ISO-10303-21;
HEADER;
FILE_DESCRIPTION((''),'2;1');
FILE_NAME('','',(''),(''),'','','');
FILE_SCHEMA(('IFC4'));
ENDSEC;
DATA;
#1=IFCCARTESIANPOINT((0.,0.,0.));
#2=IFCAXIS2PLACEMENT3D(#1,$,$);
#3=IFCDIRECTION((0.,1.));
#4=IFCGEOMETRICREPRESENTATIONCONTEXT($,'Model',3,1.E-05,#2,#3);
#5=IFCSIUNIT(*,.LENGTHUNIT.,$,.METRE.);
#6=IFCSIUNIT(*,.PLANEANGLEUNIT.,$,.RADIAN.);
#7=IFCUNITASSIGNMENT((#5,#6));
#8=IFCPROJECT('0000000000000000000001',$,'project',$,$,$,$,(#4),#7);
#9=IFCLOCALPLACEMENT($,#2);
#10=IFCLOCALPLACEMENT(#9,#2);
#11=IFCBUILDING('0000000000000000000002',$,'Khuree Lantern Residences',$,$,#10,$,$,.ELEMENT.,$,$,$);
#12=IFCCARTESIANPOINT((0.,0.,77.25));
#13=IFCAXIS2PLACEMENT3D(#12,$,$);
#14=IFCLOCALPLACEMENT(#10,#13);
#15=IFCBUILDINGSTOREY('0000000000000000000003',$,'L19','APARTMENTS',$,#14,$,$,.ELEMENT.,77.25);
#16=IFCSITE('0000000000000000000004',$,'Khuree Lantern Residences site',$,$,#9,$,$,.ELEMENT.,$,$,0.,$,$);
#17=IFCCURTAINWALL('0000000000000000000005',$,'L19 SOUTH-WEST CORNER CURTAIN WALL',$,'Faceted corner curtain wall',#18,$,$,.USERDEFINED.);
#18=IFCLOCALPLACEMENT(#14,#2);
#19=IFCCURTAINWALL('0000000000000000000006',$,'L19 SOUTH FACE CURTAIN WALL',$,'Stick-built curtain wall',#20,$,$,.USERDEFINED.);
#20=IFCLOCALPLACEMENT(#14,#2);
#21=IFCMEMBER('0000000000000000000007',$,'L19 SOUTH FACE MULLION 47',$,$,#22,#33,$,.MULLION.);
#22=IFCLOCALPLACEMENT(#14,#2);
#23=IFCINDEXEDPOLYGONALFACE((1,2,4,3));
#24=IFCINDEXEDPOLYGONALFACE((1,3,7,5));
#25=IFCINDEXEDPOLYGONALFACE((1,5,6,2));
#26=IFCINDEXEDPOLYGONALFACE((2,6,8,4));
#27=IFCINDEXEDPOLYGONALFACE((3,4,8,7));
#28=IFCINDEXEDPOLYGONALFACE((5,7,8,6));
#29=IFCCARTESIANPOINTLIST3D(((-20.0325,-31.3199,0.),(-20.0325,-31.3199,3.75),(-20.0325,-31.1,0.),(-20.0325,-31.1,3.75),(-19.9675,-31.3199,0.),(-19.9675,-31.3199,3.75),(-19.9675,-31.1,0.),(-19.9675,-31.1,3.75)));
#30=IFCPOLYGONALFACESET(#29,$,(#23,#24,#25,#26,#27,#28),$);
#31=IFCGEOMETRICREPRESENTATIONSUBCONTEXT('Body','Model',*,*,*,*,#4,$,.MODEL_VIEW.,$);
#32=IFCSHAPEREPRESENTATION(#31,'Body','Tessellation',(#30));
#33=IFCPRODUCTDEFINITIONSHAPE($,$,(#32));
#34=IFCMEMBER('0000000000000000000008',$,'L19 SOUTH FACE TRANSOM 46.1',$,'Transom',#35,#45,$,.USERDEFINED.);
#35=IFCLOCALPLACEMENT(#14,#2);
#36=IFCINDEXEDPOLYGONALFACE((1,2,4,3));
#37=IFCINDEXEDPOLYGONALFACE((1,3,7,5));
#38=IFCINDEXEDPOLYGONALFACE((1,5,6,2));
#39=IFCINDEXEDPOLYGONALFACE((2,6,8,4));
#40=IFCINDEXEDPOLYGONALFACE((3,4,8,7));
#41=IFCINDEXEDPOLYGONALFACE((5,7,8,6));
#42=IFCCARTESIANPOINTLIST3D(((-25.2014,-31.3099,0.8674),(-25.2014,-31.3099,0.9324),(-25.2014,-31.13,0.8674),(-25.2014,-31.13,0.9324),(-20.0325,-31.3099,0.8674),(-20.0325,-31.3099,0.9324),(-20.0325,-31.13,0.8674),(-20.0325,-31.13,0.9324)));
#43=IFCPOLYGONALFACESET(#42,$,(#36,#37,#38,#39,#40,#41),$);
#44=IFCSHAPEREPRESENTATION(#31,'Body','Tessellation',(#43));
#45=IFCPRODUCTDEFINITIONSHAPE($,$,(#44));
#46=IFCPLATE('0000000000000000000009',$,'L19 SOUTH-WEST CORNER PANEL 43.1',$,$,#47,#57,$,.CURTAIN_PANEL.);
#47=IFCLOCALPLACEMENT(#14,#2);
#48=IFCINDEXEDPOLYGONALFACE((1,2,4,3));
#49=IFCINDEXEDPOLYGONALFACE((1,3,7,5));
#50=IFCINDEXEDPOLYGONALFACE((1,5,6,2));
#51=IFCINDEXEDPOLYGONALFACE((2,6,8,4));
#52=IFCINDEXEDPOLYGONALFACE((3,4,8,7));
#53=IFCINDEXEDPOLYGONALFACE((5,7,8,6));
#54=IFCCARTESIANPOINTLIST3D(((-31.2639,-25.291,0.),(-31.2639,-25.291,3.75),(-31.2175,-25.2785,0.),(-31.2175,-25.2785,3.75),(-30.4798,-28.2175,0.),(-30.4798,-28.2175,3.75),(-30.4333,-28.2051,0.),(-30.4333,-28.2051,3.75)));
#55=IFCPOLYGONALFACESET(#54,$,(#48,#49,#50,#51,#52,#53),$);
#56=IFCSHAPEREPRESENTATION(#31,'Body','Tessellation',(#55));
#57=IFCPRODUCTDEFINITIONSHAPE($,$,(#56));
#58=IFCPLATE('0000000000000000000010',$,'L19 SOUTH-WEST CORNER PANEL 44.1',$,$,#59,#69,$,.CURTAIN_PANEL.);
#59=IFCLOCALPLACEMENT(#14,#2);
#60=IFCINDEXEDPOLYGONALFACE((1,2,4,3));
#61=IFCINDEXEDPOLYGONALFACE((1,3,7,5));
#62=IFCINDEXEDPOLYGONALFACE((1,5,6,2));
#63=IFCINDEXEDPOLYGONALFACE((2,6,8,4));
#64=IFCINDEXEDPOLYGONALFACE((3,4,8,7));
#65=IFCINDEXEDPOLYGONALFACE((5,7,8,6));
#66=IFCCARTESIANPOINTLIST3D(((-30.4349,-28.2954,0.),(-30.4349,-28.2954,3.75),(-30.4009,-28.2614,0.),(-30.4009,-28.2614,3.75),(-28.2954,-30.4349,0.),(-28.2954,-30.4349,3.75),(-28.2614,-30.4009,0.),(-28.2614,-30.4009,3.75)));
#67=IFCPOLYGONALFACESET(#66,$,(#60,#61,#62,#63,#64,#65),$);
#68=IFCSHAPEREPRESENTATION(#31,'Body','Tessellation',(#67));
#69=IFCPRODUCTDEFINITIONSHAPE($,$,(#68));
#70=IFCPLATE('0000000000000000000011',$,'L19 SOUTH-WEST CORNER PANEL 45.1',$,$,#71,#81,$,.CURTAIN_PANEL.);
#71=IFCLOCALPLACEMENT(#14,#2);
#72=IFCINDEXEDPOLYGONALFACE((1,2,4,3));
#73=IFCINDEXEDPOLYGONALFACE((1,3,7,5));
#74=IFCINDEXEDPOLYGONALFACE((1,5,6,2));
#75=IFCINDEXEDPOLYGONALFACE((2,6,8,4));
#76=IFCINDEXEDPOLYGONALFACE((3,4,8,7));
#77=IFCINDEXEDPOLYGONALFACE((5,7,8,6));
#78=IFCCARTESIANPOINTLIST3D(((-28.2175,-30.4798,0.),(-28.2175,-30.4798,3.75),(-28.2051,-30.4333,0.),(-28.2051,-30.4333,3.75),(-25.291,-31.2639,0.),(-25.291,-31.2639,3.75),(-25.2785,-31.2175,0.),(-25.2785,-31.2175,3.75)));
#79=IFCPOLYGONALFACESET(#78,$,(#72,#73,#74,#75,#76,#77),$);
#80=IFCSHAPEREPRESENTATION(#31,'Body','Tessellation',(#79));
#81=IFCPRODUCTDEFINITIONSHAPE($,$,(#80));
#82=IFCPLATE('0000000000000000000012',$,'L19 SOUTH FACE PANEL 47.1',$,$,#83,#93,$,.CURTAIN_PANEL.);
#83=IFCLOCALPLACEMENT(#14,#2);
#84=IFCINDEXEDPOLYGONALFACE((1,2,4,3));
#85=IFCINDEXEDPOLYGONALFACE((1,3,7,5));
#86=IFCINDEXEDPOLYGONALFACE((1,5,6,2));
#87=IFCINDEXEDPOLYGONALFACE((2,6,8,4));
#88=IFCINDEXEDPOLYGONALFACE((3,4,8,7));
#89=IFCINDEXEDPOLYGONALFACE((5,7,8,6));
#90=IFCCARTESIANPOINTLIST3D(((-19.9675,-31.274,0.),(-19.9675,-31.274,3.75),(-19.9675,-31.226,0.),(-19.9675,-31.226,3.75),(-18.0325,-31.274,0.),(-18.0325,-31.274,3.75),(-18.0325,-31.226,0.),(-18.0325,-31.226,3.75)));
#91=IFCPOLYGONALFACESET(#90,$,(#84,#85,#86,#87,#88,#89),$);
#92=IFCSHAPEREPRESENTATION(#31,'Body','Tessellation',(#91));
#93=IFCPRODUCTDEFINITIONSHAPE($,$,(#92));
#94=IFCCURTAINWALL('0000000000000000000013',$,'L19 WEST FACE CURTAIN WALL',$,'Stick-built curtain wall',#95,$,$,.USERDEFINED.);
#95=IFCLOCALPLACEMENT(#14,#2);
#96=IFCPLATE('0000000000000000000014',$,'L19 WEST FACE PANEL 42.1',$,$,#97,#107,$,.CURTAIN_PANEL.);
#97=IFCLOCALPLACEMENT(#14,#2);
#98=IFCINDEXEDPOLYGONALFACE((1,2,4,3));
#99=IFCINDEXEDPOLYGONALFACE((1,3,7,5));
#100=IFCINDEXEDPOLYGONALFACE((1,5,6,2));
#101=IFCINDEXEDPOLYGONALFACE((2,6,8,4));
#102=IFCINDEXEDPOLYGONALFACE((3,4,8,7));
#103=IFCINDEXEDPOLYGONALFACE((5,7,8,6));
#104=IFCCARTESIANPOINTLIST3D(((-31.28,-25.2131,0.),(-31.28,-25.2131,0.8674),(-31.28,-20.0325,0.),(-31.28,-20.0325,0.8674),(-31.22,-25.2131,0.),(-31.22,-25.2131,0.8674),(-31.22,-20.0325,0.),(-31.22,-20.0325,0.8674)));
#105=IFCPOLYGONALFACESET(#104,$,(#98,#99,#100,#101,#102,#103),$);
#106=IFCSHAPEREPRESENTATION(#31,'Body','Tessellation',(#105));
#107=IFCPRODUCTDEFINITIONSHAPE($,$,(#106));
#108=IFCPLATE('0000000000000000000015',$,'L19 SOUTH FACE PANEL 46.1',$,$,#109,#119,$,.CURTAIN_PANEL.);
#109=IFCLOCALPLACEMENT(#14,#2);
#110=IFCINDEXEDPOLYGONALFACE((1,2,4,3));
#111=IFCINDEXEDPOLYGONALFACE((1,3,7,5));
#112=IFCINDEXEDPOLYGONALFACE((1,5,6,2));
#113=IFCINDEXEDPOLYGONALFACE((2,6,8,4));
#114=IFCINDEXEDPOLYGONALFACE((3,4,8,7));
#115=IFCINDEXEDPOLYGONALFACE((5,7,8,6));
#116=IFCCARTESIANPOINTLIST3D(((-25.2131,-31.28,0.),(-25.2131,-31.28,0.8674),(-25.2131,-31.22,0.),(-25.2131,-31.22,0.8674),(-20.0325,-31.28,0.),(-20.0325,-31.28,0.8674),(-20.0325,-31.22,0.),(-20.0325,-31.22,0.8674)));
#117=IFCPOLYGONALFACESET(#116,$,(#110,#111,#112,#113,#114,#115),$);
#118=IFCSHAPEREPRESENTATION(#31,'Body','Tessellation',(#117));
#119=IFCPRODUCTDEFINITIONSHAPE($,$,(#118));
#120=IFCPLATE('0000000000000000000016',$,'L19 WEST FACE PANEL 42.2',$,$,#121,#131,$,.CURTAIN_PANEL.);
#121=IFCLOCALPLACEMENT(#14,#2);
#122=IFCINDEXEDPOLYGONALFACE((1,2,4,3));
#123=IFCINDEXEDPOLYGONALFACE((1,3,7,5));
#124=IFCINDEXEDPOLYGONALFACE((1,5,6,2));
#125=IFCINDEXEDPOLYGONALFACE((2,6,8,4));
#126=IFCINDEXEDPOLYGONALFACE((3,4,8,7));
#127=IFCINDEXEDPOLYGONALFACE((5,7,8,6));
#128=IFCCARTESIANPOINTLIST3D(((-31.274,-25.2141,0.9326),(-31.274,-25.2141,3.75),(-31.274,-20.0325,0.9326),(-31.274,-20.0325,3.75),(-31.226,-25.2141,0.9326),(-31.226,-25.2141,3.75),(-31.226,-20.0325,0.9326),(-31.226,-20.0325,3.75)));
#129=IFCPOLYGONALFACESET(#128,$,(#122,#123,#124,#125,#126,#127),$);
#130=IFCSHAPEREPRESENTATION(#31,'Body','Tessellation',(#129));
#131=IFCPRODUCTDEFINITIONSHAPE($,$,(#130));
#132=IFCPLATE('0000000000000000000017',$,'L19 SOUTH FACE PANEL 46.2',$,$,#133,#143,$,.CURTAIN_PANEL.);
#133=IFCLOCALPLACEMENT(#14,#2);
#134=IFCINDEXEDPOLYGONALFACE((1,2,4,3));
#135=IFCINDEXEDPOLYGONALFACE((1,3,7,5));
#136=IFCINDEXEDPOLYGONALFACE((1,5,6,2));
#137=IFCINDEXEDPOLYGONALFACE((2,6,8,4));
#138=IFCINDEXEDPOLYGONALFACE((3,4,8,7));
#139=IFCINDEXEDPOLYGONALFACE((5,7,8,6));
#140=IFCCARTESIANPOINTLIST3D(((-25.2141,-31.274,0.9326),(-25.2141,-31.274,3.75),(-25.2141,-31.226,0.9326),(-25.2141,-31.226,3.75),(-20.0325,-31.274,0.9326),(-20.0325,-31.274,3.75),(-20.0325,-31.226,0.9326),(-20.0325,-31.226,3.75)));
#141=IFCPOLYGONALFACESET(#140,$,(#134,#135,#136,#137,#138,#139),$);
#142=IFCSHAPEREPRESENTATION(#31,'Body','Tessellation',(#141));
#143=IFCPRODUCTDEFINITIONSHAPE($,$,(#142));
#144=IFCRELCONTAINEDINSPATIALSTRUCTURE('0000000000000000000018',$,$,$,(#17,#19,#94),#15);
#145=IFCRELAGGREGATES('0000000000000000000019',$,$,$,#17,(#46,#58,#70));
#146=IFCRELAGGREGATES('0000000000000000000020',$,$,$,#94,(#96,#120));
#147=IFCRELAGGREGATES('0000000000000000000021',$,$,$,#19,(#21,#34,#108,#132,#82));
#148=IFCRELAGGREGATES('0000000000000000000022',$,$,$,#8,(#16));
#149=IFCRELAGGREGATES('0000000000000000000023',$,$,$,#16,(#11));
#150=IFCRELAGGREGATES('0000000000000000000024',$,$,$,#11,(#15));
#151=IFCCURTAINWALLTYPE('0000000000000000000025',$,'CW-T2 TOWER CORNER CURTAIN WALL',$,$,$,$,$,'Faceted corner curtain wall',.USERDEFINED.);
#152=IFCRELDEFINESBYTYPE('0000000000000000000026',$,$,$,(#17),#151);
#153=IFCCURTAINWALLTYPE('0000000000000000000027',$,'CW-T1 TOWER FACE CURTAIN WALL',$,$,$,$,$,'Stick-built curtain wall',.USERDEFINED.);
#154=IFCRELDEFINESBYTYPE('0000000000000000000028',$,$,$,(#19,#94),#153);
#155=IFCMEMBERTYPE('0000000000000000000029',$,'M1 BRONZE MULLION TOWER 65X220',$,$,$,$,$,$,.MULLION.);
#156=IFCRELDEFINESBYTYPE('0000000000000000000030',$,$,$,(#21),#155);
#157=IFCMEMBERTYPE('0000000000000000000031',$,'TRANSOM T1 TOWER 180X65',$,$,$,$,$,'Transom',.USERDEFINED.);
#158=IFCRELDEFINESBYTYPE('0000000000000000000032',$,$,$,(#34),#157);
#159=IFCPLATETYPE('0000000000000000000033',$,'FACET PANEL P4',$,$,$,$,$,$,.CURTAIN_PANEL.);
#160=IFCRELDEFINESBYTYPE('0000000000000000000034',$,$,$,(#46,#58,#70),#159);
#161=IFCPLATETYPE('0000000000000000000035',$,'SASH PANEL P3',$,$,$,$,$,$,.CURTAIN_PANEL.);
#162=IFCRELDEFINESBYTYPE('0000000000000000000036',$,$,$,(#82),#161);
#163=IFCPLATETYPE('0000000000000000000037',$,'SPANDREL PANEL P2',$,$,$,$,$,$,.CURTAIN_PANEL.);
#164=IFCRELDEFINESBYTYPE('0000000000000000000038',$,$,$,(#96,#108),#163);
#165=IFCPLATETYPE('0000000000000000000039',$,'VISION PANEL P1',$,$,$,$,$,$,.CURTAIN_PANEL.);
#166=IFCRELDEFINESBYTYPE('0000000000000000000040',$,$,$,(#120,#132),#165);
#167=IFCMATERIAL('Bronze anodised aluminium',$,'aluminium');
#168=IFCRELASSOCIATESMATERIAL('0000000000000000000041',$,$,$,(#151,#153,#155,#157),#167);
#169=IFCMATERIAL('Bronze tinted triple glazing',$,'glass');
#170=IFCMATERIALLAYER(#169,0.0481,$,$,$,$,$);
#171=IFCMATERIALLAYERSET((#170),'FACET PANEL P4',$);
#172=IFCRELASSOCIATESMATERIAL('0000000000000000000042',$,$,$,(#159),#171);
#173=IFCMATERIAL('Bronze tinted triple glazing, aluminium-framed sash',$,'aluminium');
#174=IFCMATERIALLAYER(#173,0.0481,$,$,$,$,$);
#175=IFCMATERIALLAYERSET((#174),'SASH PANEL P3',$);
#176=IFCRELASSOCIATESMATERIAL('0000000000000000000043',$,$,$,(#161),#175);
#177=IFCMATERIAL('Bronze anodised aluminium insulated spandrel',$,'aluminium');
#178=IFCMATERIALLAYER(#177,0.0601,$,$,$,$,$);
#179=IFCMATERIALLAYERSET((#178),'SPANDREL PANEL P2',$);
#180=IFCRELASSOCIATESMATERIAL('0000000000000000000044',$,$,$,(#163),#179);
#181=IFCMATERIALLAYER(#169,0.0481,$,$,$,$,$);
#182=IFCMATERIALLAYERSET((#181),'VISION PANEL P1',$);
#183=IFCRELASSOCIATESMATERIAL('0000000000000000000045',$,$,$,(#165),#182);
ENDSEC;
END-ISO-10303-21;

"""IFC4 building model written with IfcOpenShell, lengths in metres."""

from ifc_helpers import new_model, si_unit, direction, frame, origin, origin_2d, place, context, subcontext, project, spatial, rectangle, extrude, material, layer, layer_set, material_profile, profile_set, type_object, element, aggregate, save


model = new_model("IFC4")

# Units and contexts
model_context = context("Model", 3, precision=1e-05, world=origin(), true_north=direction((0.0, 1.0)))
body_context = subcontext(model_context, "Body", "Model", "MODEL_VIEW")
ifc_project = project(units=[si_unit("LENGTHUNIT", "METRE"), si_unit("PLANEANGLEUNIT", "RADIAN")], contexts=[model_context])

# Site, building, storey
site_placement = place(None, origin())
site = spatial("IfcSite", under=ifc_project, at=site_placement, Name="Khuree Lantern Residences site", CompositionType="ELEMENT", RefElevation=0.0)
building_placement = place(site_placement, origin())
building = spatial("IfcBuilding", under=site, at=building_placement, Name="Khuree Lantern Residences", CompositionType="ELEMENT")
storey_placement = place(building_placement, frame((0.0, 0.0, 77.25)))
storey = spatial("IfcBuildingStorey", under=building, at=storey_placement, Name="L19", Description="APARTMENTS", CompositionType="ELEMENT", Elevation=77.25)

# Curtain walls
ifc_material_1 = material(Name="Bronze anodised aluminium", Category="aluminium")
curtain_wall_type_1 = type_object("IfcCurtainWallType", Name="CW-T2 TOWER CORNER CURTAIN WALL", ElementType="Faceted corner curtain wall", PredefinedType="USERDEFINED", material=ifc_material_1)
curtain_wall_1_placement = place(storey_placement, origin())
curtain_wall_1 = element("IfcCurtainWall", 1, at=curtain_wall_1_placement, inside=storey, type_object=curtain_wall_type_1, Name="L19 SOUTH-WEST CORNER CURTAIN WALL", ObjectType="Faceted corner curtain wall", PredefinedType="USERDEFINED")
curtain_wall_type_2 = type_object("IfcCurtainWallType", Name="CW-T1 TOWER FACE CURTAIN WALL", ElementType="Stick-built curtain wall", PredefinedType="USERDEFINED", material=ifc_material_1)
curtain_wall_2_placement = place(storey_placement, origin())
curtain_wall_2 = element("IfcCurtainWall", 2, at=curtain_wall_2_placement, inside=storey, type_object=curtain_wall_type_2, Name="L19 SOUTH FACE CURTAIN WALL", ObjectType="Stick-built curtain wall", PredefinedType="USERDEFINED")

# Members
ifc_material_profile_1 = material_profile(ifc_material_1, rectangle(XDim=0.0649, YDim=0.22, at=origin_2d()), Name="M1 65X220")
ifc_profile_set_1 = profile_set([ifc_material_profile_1], Name="Bronze anodised aluminium")
member_type_1 = type_object("IfcMemberType", Name="M1 BRONZE MULLION TOWER 65X220", PredefinedType="MULLION", material=ifc_profile_set_1)
member_1_placement = place(storey_placement, frame((-20.0, -31.21, 0.0), z_axis=(0.0, 0.0, 1.0), x_axis=(1.0, 0.0, 0.0)))
member_1 = element("IfcMember", 3, at=member_1_placement, type_object=member_type_1, Name="L19 SOUTH FACE MULLION 47", PredefinedType="MULLION", context=body_context, shape_type="SweptSolid", body=[
    extrude(rectangle(XDim=0.0649, YDim=0.22, at=origin_2d()), origin(), (0.0, 0.0, 1.0), 3.75),
])
ifc_material_profile_2 = material_profile(ifc_material_1, rectangle(XDim=0.1799, YDim=0.0649, at=origin_2d()), Name="T1 180X65")
ifc_profile_set_2 = profile_set([ifc_material_profile_2], Name="Bronze anodised aluminium")
member_type_2 = type_object("IfcMemberType", Name="TRANSOM T1 TOWER 180X65", ElementType="Transom", PredefinedType="USERDEFINED", material=ifc_profile_set_2)
member_2_placement = place(storey_placement, frame((-25.2014, -31.22, 0.8999), z_axis=(1.0, 0.0, 0.0), x_axis=(0.0, 1.0, 0.0)))
member_2 = element("IfcMember", 4, at=member_2_placement, type_object=member_type_2, Name="L19 SOUTH FACE TRANSOM 46.1", ObjectType="Transom", PredefinedType="USERDEFINED", context=body_context, shape_type="SweptSolid", body=[
    extrude(rectangle(XDim=0.1799, YDim=0.0649, at=origin_2d()), origin(), (0.0, 0.0, 1.0), 5.1689),
])

# Plates
ifc_material_2 = material(Name="Bronze tinted triple glazing", Category="glass")
ifc_layer_1 = layer(ifc_material_2, 0.0481)
ifc_layer_set_1 = layer_set([ifc_layer_1], Name="FACET PANEL P4")
plate_type_1 = type_object("IfcPlateType", Name="FACET PANEL P4", PredefinedType="CURTAIN_PANEL", material=ifc_layer_set_1)
plate_1_placement = place(storey_placement, frame((-30.8486, -26.748, 0.0), z_axis=(0.0, 0.0, 1.0), x_axis=(0.258819, -0.965926, 0.0)))
plate_1 = element("IfcPlate", 5, at=plate_1_placement, type_object=plate_type_1, Name="L19 SOUTH-WEST CORNER PANEL 43.1", PredefinedType="CURTAIN_PANEL", context=body_context, shape_type="SweptSolid", body=[
    extrude(rectangle(XDim=3.0298, YDim=0.0481, at=origin_2d()), origin(), (0.0, 0.0, 1.0), 3.75),
])
plate_2_placement = place(storey_placement, frame((-29.3481, -29.3481, 0.0), z_axis=(0.0, 0.0, 1.0), x_axis=(0.707107, -0.707107, 0.0)))
plate_2 = element("IfcPlate", 6, at=plate_2_placement, type_object=plate_type_1, Name="L19 SOUTH-WEST CORNER PANEL 44.1", PredefinedType="CURTAIN_PANEL", context=body_context, shape_type="SweptSolid", body=[
    extrude(rectangle(XDim=3.0256, YDim=0.0481, at=origin_2d()), origin(), (0.0, 0.0, 1.0), 3.75),
])
plate_3_placement = place(storey_placement, frame((-26.748, -30.8486, 0.0), z_axis=(0.0, 0.0, 1.0), x_axis=(0.965926, -0.258819, 0.0)))
plate_3 = element("IfcPlate", 7, at=plate_3_placement, type_object=plate_type_1, Name="L19 SOUTH-WEST CORNER PANEL 45.1", PredefinedType="CURTAIN_PANEL", context=body_context, shape_type="SweptSolid", body=[
    extrude(rectangle(XDim=3.0298, YDim=0.0481, at=origin_2d()), origin(), (0.0, 0.0, 1.0), 3.75),
])
aggregate(curtain_wall_1, [plate_1, plate_2, plate_3])
ifc_material_3 = material(Name="Bronze tinted triple glazing, aluminium-framed sash", Category="aluminium")
ifc_layer_2 = layer(ifc_material_3, 0.0481)
ifc_layer_set_2 = layer_set([ifc_layer_2], Name="SASH PANEL P3")
plate_type_2 = type_object("IfcPlateType", Name="SASH PANEL P3", PredefinedType="CURTAIN_PANEL", material=ifc_layer_set_2)
plate_4_placement = place(storey_placement, frame((-19.0, -31.25, 0.0), z_axis=(0.0, 0.0, 1.0), x_axis=(1.0, 0.0, 0.0)))
plate_4 = element("IfcPlate", 8, at=plate_4_placement, type_object=plate_type_2, Name="L19 SOUTH FACE PANEL 47.1", PredefinedType="CURTAIN_PANEL", context=body_context, shape_type="SweptSolid", body=[
    extrude(rectangle(XDim=1.9351, YDim=0.0481, at=origin_2d()), origin(), (0.0, 0.0, 1.0), 3.75),
])

# Curtain wall, plate
curtain_wall_3_placement = place(storey_placement, origin())
curtain_wall_3 = element("IfcCurtainWall", 9, at=curtain_wall_3_placement, inside=storey, type_object=curtain_wall_type_2, Name="L19 WEST FACE CURTAIN WALL", ObjectType="Stick-built curtain wall", PredefinedType="USERDEFINED")
ifc_material_4 = material(Name="Bronze anodised aluminium insulated spandrel", Category="aluminium")
ifc_layer_3 = layer(ifc_material_4, 0.0601)
ifc_layer_set_3 = layer_set([ifc_layer_3], Name="SPANDREL PANEL P2")
plate_type_3 = type_object("IfcPlateType", Name="SPANDREL PANEL P2", PredefinedType="CURTAIN_PANEL", material=ifc_layer_set_3)
plate_5_placement = place(storey_placement, frame((-31.25, -22.6228, 0.0), z_axis=(0.0, 0.0, 1.0), x_axis=(0.0, -1.0, 0.0)))
plate_5 = element("IfcPlate", 10, at=plate_5_placement, type_object=plate_type_3, Name="L19 WEST FACE PANEL 42.1", PredefinedType="CURTAIN_PANEL", context=body_context, shape_type="SweptSolid", body=[
    extrude(rectangle(XDim=5.1807, YDim=0.0601, at=origin_2d()), origin(), (0.0, 0.0, 1.0), 0.8674),
])

# Plates
plate_6_placement = place(storey_placement, frame((-22.6228, -31.25, 0.0), z_axis=(0.0, 0.0, 1.0), x_axis=(1.0, 0.0, 0.0)))
plate_6 = element("IfcPlate", 11, at=plate_6_placement, type_object=plate_type_3, Name="L19 SOUTH FACE PANEL 46.1", PredefinedType="CURTAIN_PANEL", context=body_context, shape_type="SweptSolid", body=[
    extrude(rectangle(XDim=5.1807, YDim=0.0601, at=origin_2d()), origin(), (0.0, 0.0, 1.0), 0.8674),
])
ifc_layer_4 = layer(ifc_material_2, 0.0481)
ifc_layer_set_4 = layer_set([ifc_layer_4], Name="VISION PANEL P1")
plate_type_4 = type_object("IfcPlateType", Name="VISION PANEL P1", PredefinedType="CURTAIN_PANEL", material=ifc_layer_set_4)
plate_7_placement = place(storey_placement, frame((-31.25, -22.6233, 0.9326), z_axis=(0.0, 0.0, 1.0), x_axis=(0.0, -1.0, 0.0)))
plate_7 = element("IfcPlate", 12, at=plate_7_placement, type_object=plate_type_4, Name="L19 WEST FACE PANEL 42.2", PredefinedType="CURTAIN_PANEL", context=body_context, shape_type="SweptSolid", body=[
    extrude(rectangle(XDim=5.1816, YDim=0.0481, at=origin_2d()), origin(), (0.0, 0.0, 1.0), 2.8174),
])
aggregate(curtain_wall_3, [plate_5, plate_7])
plate_8_placement = place(storey_placement, frame((-22.6233, -31.25, 0.9326), z_axis=(0.0, 0.0, 1.0), x_axis=(1.0, 0.0, 0.0)))
plate_8 = element("IfcPlate", 13, at=plate_8_placement, type_object=plate_type_4, Name="L19 SOUTH FACE PANEL 46.2", PredefinedType="CURTAIN_PANEL", context=body_context, shape_type="SweptSolid", body=[
    extrude(rectangle(XDim=5.1816, YDim=0.0481, at=origin_2d()), origin(), (0.0, 0.0, 1.0), 2.8174),
])
aggregate(curtain_wall_2, [member_1, member_2, plate_6, plate_8, plate_4])

save(model, "model.ifc")
